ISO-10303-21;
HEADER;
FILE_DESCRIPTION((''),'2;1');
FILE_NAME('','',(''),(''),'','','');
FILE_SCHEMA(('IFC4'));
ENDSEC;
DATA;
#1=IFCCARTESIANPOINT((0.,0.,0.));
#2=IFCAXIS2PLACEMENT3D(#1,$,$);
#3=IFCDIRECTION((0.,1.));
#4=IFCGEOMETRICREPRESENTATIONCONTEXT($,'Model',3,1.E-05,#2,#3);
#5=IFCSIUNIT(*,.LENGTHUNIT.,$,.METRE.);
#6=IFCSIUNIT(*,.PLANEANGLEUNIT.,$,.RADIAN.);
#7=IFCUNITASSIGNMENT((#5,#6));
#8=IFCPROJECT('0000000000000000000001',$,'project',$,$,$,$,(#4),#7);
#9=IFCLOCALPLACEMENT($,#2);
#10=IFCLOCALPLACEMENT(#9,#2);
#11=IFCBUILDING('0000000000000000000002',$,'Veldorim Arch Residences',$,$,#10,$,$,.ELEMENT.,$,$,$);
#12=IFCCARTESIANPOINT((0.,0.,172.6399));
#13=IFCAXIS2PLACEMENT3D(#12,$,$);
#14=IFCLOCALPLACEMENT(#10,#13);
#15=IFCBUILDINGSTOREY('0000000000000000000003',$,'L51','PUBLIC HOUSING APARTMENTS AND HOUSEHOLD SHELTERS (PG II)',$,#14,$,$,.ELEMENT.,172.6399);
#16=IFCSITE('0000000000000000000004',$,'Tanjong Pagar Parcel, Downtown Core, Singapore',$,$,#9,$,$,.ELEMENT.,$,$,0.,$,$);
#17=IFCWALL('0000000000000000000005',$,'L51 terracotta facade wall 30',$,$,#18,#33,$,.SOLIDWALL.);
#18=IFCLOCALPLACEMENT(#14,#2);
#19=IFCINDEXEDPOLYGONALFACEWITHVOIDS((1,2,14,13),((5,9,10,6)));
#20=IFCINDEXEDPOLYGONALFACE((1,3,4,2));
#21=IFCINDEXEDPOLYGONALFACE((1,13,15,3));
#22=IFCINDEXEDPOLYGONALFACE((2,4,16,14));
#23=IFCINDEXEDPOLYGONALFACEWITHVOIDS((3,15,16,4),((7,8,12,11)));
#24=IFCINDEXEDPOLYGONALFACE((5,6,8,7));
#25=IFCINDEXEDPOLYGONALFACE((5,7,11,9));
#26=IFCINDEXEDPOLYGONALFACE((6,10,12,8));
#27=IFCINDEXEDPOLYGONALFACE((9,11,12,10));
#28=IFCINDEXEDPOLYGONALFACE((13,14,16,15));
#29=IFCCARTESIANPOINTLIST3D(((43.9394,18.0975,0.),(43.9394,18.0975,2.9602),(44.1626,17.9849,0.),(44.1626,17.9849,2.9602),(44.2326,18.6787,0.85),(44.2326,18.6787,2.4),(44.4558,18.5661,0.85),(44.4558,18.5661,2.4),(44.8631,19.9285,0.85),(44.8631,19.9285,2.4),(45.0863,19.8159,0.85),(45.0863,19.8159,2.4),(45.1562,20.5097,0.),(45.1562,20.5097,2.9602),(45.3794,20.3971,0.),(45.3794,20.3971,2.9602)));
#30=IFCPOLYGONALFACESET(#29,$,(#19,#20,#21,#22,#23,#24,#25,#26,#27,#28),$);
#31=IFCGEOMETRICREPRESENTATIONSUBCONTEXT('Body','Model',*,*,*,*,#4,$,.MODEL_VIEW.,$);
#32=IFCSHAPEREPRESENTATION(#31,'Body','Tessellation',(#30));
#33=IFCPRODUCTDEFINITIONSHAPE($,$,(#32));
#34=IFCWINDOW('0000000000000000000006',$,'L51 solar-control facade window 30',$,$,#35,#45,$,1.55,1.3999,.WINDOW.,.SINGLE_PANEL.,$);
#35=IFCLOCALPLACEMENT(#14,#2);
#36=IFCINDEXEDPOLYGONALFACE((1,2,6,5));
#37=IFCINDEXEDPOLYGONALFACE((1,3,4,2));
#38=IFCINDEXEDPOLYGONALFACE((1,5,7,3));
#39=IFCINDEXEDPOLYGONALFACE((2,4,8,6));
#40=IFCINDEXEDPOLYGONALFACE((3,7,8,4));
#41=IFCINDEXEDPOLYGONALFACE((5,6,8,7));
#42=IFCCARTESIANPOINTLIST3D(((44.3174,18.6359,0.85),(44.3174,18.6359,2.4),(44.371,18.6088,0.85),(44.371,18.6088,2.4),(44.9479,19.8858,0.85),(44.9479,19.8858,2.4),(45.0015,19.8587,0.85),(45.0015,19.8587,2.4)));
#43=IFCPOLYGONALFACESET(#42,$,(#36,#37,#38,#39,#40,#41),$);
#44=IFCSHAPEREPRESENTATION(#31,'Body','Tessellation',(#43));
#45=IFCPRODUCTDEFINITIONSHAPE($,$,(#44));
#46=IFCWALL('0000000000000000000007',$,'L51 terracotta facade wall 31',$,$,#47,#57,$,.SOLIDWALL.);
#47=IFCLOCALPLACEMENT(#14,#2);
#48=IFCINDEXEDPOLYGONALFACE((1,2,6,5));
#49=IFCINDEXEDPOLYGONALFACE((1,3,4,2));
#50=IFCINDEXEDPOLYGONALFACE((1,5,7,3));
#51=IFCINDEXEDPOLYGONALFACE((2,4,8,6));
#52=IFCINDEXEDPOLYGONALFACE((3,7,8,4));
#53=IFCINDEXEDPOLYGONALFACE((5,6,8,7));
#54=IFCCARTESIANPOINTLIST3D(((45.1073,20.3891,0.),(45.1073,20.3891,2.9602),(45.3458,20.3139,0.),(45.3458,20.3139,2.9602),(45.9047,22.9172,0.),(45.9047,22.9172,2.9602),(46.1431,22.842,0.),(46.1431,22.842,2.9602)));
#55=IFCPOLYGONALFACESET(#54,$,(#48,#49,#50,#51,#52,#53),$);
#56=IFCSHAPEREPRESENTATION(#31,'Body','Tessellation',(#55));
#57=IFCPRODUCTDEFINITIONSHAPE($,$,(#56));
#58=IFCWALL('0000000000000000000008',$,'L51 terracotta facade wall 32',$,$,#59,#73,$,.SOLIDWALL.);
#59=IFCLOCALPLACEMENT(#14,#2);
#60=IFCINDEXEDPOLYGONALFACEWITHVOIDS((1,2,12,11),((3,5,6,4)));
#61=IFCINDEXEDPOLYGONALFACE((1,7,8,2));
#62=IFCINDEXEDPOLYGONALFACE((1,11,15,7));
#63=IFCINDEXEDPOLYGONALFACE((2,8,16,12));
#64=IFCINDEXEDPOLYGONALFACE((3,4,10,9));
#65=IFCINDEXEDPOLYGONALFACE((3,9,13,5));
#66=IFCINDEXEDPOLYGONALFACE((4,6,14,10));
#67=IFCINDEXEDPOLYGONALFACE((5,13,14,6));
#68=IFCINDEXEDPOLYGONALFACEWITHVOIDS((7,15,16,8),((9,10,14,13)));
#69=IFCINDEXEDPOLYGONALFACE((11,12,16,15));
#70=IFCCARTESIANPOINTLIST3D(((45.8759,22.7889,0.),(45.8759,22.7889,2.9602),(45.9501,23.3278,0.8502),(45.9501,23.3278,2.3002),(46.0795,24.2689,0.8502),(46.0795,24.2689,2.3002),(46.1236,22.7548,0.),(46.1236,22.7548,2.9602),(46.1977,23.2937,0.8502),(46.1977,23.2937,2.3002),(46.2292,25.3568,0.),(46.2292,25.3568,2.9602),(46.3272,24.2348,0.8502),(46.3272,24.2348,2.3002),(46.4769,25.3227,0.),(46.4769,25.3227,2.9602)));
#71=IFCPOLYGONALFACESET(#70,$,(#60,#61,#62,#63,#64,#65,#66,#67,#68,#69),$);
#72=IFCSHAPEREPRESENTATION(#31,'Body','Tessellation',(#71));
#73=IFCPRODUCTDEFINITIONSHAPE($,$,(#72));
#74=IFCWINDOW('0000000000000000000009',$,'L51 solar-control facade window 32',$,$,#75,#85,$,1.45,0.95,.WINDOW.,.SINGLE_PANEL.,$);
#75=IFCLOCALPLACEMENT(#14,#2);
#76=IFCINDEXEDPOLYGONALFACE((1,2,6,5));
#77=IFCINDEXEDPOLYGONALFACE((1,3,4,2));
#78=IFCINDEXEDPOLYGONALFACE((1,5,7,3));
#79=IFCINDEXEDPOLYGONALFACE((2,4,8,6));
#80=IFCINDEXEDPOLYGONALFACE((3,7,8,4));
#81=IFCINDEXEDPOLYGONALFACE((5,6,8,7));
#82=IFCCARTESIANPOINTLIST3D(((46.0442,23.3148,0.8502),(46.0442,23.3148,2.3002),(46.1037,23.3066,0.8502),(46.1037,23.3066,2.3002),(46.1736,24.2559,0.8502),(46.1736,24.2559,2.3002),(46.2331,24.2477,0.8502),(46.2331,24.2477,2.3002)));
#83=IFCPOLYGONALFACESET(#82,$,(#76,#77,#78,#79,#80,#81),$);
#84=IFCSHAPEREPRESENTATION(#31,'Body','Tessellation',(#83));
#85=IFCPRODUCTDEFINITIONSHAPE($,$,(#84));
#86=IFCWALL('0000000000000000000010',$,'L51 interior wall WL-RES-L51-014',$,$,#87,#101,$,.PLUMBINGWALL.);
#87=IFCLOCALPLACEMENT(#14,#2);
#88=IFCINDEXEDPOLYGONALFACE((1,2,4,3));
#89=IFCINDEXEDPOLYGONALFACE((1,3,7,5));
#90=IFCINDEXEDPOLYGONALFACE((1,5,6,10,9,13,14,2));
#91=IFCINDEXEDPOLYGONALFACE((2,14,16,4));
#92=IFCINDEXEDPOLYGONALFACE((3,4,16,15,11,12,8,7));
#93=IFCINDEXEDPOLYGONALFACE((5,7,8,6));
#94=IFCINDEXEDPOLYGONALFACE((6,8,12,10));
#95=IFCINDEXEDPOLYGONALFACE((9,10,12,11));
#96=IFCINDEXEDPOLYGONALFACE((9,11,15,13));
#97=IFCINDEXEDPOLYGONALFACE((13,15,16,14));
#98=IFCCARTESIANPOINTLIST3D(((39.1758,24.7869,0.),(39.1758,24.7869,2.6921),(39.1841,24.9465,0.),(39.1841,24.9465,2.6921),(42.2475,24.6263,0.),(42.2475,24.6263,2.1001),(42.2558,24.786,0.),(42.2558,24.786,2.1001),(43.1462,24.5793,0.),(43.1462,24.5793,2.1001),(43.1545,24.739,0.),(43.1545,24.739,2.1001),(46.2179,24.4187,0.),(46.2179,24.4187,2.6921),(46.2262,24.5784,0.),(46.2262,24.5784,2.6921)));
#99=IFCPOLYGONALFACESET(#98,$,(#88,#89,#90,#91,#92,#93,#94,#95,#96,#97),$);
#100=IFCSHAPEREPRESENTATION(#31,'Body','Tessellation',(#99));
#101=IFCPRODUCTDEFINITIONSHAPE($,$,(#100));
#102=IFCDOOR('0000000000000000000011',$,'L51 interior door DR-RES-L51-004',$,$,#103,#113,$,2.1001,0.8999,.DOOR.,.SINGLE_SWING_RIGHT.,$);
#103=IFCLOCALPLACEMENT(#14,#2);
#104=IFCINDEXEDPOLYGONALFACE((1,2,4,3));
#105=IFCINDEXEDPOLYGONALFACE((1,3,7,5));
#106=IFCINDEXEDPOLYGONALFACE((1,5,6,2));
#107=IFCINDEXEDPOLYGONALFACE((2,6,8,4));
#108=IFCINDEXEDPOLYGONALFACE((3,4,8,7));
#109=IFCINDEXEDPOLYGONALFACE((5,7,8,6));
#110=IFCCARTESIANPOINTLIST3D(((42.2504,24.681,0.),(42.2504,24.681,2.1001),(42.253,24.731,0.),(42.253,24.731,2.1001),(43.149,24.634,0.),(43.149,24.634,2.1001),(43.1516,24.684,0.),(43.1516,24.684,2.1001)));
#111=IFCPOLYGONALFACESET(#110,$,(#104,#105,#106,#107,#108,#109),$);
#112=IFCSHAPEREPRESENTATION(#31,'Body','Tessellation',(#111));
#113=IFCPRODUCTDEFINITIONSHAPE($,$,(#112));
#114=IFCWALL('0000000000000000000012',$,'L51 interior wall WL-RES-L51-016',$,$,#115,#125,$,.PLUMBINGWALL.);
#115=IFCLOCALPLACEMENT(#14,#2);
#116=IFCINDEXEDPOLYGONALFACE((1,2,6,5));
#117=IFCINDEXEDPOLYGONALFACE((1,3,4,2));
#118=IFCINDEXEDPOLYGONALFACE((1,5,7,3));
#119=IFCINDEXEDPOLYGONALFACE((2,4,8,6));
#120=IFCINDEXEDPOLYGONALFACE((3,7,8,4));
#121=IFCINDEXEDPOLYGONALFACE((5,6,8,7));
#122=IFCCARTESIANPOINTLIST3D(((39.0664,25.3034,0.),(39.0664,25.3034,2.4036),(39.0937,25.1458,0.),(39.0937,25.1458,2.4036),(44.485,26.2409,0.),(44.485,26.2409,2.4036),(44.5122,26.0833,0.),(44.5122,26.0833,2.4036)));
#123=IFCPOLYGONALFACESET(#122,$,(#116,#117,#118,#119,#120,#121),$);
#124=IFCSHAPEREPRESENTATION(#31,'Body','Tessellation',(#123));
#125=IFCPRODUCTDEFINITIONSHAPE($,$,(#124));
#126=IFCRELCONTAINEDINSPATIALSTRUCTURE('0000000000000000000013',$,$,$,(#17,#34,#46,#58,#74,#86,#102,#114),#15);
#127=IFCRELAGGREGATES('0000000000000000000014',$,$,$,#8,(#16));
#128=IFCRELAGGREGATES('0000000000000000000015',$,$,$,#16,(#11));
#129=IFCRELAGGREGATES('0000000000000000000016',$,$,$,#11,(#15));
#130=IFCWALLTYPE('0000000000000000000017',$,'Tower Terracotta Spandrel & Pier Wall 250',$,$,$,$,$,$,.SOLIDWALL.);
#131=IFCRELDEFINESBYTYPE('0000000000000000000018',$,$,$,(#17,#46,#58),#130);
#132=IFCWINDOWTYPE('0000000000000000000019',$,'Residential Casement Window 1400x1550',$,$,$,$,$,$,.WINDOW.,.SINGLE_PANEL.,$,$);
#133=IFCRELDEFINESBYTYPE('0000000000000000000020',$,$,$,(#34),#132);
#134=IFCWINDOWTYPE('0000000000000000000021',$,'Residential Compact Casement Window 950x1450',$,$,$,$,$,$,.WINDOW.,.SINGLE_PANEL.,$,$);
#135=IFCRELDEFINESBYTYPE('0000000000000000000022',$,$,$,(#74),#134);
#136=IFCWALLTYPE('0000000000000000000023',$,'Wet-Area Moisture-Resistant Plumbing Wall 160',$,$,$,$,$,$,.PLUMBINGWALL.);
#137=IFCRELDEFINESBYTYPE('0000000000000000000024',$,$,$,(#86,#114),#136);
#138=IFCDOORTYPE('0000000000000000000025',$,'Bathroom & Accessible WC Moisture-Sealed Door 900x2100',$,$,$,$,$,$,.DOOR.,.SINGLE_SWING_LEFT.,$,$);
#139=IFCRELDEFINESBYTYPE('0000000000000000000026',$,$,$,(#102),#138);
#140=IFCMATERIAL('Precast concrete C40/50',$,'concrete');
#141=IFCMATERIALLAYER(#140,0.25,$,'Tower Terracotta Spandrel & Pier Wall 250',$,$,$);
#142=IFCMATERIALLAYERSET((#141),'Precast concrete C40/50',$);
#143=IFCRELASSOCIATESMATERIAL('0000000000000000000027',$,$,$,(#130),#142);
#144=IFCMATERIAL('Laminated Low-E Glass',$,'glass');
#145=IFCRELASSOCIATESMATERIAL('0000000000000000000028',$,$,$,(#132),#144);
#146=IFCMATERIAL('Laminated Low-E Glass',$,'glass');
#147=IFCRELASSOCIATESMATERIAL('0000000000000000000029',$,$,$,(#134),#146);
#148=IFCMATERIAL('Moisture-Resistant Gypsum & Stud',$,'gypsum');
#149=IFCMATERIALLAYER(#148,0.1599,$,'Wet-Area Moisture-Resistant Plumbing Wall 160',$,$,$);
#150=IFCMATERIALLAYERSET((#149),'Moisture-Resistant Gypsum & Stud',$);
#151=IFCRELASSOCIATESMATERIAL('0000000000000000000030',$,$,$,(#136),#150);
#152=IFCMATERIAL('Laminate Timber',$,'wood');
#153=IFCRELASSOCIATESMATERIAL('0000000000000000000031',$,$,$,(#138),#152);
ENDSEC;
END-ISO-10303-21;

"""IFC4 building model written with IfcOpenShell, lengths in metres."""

from ifc_helpers import new_model, si_unit, direction, frame, frame_2d, origin, place, context, subcontext, project, spatial, rectangle, extrude, material, layer, layer_set, type_object, element, fill, save


model = new_model("IFC4")

# Units and contexts
model_context = context("Model", 3, precision=1e-05, world=origin(), true_north=direction((0.0, 1.0)))
body_context = subcontext(model_context, "Body", "Model", "MODEL_VIEW")
ifc_project = project(units=[si_unit("LENGTHUNIT", "METRE"), si_unit("PLANEANGLEUNIT", "RADIAN")], contexts=[model_context])

# Site, building, storey
site_placement = place(None, origin())
site = spatial("IfcSite", under=ifc_project, at=site_placement, Name="Tanjong Pagar Parcel, Downtown Core, Singapore", CompositionType="ELEMENT", RefElevation=0.0)
building_placement = place(site_placement, origin())
building = spatial("IfcBuilding", under=site, at=building_placement, Name="Veldorim Arch Residences", CompositionType="ELEMENT")
storey_placement = place(building_placement, frame((0.0, 0.0, 172.6399)))
storey = spatial("IfcBuildingStorey", under=building, at=storey_placement, Name="L51", Description="PUBLIC HOUSING APARTMENTS AND HOUSEHOLD SHELTERS (PG II)", CompositionType="ELEMENT", Elevation=172.6399)

# Shared definitions
ifc_material_1 = material(Name="Precast concrete C40/50", Category="concrete")
ifc_layer_1 = layer(ifc_material_1, 0.25, Name="Tower Terracotta Spandrel & Pier Wall 250")
ifc_layer_set_1 = layer_set([ifc_layer_1], Name="Precast concrete C40/50")
wall_type_1 = type_object("IfcWallType", Name="Tower Terracotta Spandrel & Pier Wall 250", PredefinedType="SOLIDWALL", material=ifc_layer_set_1)

# Wall, opening, window
wall_1_placement = place(storey_placement, frame((45.2678, 20.4534, 0.0), z_axis=(0.0, 0.0, 1.0), x_axis=(-0.450392, -0.892831, 0.0)))
wall_1 = element("IfcWall", 1, at=wall_1_placement, inside=storey, type_object=wall_type_1, Name="L51 terracotta facade wall 30", PredefinedType="SOLIDWALL", context=body_context, shape_type="SweptSolid", body=[
    extrude(rectangle(XDim=2.7017, YDim=0.25, at=frame_2d((1.3508, 0.0))), origin(), (0.0, 0.0, 1.0), 2.9602),
])
opening_1_placement = place(wall_1_placement, frame((0.6509, 0.0, 0.8501)))
opening_1 = element("IfcOpeningElement", 2, at=opening_1_placement, cuts=wall_1, PredefinedType="OPENING", context=body_context, shape_type="SweptSolid", body=[
    extrude(rectangle(XDim=1.3999, YDim=1.55, at=frame_2d((0.7, 0.7749))), frame((0.0, 0.135, 0.0), z_axis=(0.0, -1.0, 0.0), x_axis=(1.0, 0.0, 0.0)), (0.0, 0.0, 1.0), 0.27),
])
ifc_material_2 = material(Name="Laminated Low-E Glass", Category="glass")
window_type_1 = type_object("IfcWindowType", Name="Residential Casement Window 1400x1550", PartitioningType="SINGLE_PANEL", PredefinedType="WINDOW", material=ifc_material_2)
window_1_placement = place(opening_1_placement, origin())
window_1 = element("IfcWindow", 3, at=window_1_placement, inside=storey, type_object=window_type_1, Name="L51 solar-control facade window 30", OverallHeight=1.55, OverallWidth=1.3999, PartitioningType="SINGLE_PANEL", PredefinedType="WINDOW", context=body_context, shape_type="SweptSolid", body=[
    extrude(rectangle(XDim=1.3999, YDim=1.55, at=frame_2d((0.7, 0.7749))), frame((0.0, 0.03, 0.0), z_axis=(0.0, -1.0, 0.0), x_axis=(1.0, 0.0, 0.0)), (0.0, 0.0, 1.0), 0.0601),
])
fill(opening_1, window_1)

# Wall
wall_2_placement = place(storey_placement, frame((46.0239, 22.8796, 0.0), z_axis=(0.0, 0.0, 1.0), x_axis=(-0.300796, -0.953688, 0.0)))
element("IfcWall", 4, at=wall_2_placement, inside=storey, type_object=wall_type_1, Name="L51 terracotta facade wall 31", PredefinedType="SOLIDWALL", context=body_context, shape_type="SweptSolid", body=[
    extrude(rectangle(XDim=2.6509, YDim=0.25, at=frame_2d((1.3254, 0.0))), origin(), (0.0, 0.0, 1.0), 2.9602),
])

# Wall, opening, window
wall_3_placement = place(storey_placement, frame((46.353, 25.3396, 0.0), z_axis=(0.0, 0.0, 1.0), x_axis=(-0.13629, -0.990669, 0.0)))
wall_3 = element("IfcWall", 5, at=wall_3_placement, inside=storey, type_object=wall_type_1, Name="L51 terracotta facade wall 32", PredefinedType="SOLIDWALL", context=body_context, shape_type="SweptSolid", body=[
    extrude(rectangle(XDim=2.592, YDim=0.25, at=frame_2d((1.2959, 0.0))), origin(), (0.0, 0.0, 1.0), 2.9602),
])
opening_2_placement = place(wall_3_placement, frame((1.0979, 0.0, 0.8501)))
opening_2 = element("IfcOpeningElement", 6, at=opening_2_placement, cuts=wall_3, PredefinedType="OPENING", context=body_context, shape_type="SweptSolid", body=[
    extrude(rectangle(XDim=0.95, YDim=1.45, at=frame_2d((0.4751, 0.7251))), frame((0.0, 0.135, 0.0), z_axis=(0.0, -1.0, 0.0), x_axis=(1.0, 0.0, 0.0)), (0.0, 0.0, 1.0), 0.27),
])
ifc_material_3 = material(Name="Laminated Low-E Glass", Category="glass")
window_type_2 = type_object("IfcWindowType", Name="Residential Compact Casement Window 950x1450", PartitioningType="SINGLE_PANEL", PredefinedType="WINDOW", material=ifc_material_3)
window_2_placement = place(opening_2_placement, origin())
window_2 = element("IfcWindow", 7, at=window_2_placement, inside=storey, type_object=window_type_2, Name="L51 solar-control facade window 32", OverallHeight=1.45, OverallWidth=0.95, PartitioningType="SINGLE_PANEL", PredefinedType="WINDOW", context=body_context, shape_type="SweptSolid", body=[
    extrude(rectangle(XDim=0.95, YDim=1.45, at=frame_2d((0.4751, 0.7251))), frame((0.0, 0.03, 0.0), z_axis=(0.0, -1.0, 0.0), x_axis=(1.0, 0.0, 0.0)), (0.0, 0.0, 1.0), 0.0601),
])
fill(opening_2, window_2)

# Wall, opening, door
ifc_material_4 = material(Name="Moisture-Resistant Gypsum & Stud", Category="gypsum")
ifc_layer_2 = layer(ifc_material_4, 0.1599, Name="Wet-Area Moisture-Resistant Plumbing Wall 160")
ifc_layer_set_2 = layer_set([ifc_layer_2], Name="Moisture-Resistant Gypsum & Stud")
wall_type_2 = type_object("IfcWallType", Name="Wet-Area Moisture-Resistant Plumbing Wall 160", PredefinedType="PLUMBINGWALL", material=ifc_layer_set_2)
wall_4_placement = place(storey_placement, frame((39.1799, 24.8667, 0.0), z_axis=(0.0, 0.0, 1.0), x_axis=(0.998636, -0.052208, 0.0)))
wall_4 = element("IfcWall", 8, at=wall_4_placement, inside=storey, type_object=wall_type_2, Name="L51 interior wall WL-RES-L51-014", PredefinedType="PLUMBINGWALL", context=body_context, shape_type="SweptSolid", body=[
    extrude(rectangle(XDim=7.0518, YDim=0.1599, at=frame_2d((3.5259, 0.0))), origin(), (0.0, 0.0, 1.0), 2.6921),
])
opening_3_placement = place(wall_4_placement, frame((3.0759, 0.0, 0.0)))
opening_3 = element("IfcOpeningElement", 9, at=opening_3_placement, cuts=wall_4, PredefinedType="OPENING", context=body_context, shape_type="SweptSolid", body=[
    extrude(rectangle(XDim=0.8999, YDim=2.1001, at=frame_2d((0.45, 1.05))), frame((0.0, 0.0898, 0.0), z_axis=(0.0, -1.0, 0.0), x_axis=(1.0, 0.0, 0.0)), (0.0, 0.0, 1.0), 0.1799),
])
ifc_material_5 = material(Name="Laminate Timber", Category="wood")
door_type_1 = type_object("IfcDoorType", Name="Bathroom & Accessible WC Moisture-Sealed Door 900x2100", OperationType="SINGLE_SWING_LEFT", PredefinedType="DOOR", material=ifc_material_5)
door_1_placement = place(opening_3_placement, origin())
door_1 = element("IfcDoor", 10, at=door_1_placement, inside=storey, type_object=door_type_1, Name="L51 interior door DR-RES-L51-004", OperationType="SINGLE_SWING_RIGHT", OverallHeight=2.1001, OverallWidth=0.8999, PredefinedType="DOOR", context=body_context, shape_type="SweptSolid", body=[
    extrude(rectangle(XDim=0.8999, YDim=2.1001, at=frame_2d((0.45, 1.05))), frame((0.0, 0.0249, 0.0), z_axis=(0.0, -1.0, 0.0), x_axis=(1.0, 0.0, 0.0)), (0.0, 0.0, 1.0), 0.05),
])
fill(opening_3, door_1)

# Wall
wall_5_placement = place(storey_placement, frame((39.0801, 25.2246, 0.0), z_axis=(0.0, 0.0, 1.0), x_axis=(0.98536, 0.170487, 0.0)))
element("IfcWall", 11, at=wall_5_placement, inside=storey, type_object=wall_type_2, Name="L51 interior wall WL-RES-L51-016", PredefinedType="PLUMBINGWALL", context=body_context, shape_type="SweptSolid", body=[
    extrude(rectangle(XDim=5.499, YDim=0.1599, at=frame_2d((2.7495, 0.0))), origin(), (0.0, 0.0, 1.0), 2.4036),
])

save(model, "model.ifc")
